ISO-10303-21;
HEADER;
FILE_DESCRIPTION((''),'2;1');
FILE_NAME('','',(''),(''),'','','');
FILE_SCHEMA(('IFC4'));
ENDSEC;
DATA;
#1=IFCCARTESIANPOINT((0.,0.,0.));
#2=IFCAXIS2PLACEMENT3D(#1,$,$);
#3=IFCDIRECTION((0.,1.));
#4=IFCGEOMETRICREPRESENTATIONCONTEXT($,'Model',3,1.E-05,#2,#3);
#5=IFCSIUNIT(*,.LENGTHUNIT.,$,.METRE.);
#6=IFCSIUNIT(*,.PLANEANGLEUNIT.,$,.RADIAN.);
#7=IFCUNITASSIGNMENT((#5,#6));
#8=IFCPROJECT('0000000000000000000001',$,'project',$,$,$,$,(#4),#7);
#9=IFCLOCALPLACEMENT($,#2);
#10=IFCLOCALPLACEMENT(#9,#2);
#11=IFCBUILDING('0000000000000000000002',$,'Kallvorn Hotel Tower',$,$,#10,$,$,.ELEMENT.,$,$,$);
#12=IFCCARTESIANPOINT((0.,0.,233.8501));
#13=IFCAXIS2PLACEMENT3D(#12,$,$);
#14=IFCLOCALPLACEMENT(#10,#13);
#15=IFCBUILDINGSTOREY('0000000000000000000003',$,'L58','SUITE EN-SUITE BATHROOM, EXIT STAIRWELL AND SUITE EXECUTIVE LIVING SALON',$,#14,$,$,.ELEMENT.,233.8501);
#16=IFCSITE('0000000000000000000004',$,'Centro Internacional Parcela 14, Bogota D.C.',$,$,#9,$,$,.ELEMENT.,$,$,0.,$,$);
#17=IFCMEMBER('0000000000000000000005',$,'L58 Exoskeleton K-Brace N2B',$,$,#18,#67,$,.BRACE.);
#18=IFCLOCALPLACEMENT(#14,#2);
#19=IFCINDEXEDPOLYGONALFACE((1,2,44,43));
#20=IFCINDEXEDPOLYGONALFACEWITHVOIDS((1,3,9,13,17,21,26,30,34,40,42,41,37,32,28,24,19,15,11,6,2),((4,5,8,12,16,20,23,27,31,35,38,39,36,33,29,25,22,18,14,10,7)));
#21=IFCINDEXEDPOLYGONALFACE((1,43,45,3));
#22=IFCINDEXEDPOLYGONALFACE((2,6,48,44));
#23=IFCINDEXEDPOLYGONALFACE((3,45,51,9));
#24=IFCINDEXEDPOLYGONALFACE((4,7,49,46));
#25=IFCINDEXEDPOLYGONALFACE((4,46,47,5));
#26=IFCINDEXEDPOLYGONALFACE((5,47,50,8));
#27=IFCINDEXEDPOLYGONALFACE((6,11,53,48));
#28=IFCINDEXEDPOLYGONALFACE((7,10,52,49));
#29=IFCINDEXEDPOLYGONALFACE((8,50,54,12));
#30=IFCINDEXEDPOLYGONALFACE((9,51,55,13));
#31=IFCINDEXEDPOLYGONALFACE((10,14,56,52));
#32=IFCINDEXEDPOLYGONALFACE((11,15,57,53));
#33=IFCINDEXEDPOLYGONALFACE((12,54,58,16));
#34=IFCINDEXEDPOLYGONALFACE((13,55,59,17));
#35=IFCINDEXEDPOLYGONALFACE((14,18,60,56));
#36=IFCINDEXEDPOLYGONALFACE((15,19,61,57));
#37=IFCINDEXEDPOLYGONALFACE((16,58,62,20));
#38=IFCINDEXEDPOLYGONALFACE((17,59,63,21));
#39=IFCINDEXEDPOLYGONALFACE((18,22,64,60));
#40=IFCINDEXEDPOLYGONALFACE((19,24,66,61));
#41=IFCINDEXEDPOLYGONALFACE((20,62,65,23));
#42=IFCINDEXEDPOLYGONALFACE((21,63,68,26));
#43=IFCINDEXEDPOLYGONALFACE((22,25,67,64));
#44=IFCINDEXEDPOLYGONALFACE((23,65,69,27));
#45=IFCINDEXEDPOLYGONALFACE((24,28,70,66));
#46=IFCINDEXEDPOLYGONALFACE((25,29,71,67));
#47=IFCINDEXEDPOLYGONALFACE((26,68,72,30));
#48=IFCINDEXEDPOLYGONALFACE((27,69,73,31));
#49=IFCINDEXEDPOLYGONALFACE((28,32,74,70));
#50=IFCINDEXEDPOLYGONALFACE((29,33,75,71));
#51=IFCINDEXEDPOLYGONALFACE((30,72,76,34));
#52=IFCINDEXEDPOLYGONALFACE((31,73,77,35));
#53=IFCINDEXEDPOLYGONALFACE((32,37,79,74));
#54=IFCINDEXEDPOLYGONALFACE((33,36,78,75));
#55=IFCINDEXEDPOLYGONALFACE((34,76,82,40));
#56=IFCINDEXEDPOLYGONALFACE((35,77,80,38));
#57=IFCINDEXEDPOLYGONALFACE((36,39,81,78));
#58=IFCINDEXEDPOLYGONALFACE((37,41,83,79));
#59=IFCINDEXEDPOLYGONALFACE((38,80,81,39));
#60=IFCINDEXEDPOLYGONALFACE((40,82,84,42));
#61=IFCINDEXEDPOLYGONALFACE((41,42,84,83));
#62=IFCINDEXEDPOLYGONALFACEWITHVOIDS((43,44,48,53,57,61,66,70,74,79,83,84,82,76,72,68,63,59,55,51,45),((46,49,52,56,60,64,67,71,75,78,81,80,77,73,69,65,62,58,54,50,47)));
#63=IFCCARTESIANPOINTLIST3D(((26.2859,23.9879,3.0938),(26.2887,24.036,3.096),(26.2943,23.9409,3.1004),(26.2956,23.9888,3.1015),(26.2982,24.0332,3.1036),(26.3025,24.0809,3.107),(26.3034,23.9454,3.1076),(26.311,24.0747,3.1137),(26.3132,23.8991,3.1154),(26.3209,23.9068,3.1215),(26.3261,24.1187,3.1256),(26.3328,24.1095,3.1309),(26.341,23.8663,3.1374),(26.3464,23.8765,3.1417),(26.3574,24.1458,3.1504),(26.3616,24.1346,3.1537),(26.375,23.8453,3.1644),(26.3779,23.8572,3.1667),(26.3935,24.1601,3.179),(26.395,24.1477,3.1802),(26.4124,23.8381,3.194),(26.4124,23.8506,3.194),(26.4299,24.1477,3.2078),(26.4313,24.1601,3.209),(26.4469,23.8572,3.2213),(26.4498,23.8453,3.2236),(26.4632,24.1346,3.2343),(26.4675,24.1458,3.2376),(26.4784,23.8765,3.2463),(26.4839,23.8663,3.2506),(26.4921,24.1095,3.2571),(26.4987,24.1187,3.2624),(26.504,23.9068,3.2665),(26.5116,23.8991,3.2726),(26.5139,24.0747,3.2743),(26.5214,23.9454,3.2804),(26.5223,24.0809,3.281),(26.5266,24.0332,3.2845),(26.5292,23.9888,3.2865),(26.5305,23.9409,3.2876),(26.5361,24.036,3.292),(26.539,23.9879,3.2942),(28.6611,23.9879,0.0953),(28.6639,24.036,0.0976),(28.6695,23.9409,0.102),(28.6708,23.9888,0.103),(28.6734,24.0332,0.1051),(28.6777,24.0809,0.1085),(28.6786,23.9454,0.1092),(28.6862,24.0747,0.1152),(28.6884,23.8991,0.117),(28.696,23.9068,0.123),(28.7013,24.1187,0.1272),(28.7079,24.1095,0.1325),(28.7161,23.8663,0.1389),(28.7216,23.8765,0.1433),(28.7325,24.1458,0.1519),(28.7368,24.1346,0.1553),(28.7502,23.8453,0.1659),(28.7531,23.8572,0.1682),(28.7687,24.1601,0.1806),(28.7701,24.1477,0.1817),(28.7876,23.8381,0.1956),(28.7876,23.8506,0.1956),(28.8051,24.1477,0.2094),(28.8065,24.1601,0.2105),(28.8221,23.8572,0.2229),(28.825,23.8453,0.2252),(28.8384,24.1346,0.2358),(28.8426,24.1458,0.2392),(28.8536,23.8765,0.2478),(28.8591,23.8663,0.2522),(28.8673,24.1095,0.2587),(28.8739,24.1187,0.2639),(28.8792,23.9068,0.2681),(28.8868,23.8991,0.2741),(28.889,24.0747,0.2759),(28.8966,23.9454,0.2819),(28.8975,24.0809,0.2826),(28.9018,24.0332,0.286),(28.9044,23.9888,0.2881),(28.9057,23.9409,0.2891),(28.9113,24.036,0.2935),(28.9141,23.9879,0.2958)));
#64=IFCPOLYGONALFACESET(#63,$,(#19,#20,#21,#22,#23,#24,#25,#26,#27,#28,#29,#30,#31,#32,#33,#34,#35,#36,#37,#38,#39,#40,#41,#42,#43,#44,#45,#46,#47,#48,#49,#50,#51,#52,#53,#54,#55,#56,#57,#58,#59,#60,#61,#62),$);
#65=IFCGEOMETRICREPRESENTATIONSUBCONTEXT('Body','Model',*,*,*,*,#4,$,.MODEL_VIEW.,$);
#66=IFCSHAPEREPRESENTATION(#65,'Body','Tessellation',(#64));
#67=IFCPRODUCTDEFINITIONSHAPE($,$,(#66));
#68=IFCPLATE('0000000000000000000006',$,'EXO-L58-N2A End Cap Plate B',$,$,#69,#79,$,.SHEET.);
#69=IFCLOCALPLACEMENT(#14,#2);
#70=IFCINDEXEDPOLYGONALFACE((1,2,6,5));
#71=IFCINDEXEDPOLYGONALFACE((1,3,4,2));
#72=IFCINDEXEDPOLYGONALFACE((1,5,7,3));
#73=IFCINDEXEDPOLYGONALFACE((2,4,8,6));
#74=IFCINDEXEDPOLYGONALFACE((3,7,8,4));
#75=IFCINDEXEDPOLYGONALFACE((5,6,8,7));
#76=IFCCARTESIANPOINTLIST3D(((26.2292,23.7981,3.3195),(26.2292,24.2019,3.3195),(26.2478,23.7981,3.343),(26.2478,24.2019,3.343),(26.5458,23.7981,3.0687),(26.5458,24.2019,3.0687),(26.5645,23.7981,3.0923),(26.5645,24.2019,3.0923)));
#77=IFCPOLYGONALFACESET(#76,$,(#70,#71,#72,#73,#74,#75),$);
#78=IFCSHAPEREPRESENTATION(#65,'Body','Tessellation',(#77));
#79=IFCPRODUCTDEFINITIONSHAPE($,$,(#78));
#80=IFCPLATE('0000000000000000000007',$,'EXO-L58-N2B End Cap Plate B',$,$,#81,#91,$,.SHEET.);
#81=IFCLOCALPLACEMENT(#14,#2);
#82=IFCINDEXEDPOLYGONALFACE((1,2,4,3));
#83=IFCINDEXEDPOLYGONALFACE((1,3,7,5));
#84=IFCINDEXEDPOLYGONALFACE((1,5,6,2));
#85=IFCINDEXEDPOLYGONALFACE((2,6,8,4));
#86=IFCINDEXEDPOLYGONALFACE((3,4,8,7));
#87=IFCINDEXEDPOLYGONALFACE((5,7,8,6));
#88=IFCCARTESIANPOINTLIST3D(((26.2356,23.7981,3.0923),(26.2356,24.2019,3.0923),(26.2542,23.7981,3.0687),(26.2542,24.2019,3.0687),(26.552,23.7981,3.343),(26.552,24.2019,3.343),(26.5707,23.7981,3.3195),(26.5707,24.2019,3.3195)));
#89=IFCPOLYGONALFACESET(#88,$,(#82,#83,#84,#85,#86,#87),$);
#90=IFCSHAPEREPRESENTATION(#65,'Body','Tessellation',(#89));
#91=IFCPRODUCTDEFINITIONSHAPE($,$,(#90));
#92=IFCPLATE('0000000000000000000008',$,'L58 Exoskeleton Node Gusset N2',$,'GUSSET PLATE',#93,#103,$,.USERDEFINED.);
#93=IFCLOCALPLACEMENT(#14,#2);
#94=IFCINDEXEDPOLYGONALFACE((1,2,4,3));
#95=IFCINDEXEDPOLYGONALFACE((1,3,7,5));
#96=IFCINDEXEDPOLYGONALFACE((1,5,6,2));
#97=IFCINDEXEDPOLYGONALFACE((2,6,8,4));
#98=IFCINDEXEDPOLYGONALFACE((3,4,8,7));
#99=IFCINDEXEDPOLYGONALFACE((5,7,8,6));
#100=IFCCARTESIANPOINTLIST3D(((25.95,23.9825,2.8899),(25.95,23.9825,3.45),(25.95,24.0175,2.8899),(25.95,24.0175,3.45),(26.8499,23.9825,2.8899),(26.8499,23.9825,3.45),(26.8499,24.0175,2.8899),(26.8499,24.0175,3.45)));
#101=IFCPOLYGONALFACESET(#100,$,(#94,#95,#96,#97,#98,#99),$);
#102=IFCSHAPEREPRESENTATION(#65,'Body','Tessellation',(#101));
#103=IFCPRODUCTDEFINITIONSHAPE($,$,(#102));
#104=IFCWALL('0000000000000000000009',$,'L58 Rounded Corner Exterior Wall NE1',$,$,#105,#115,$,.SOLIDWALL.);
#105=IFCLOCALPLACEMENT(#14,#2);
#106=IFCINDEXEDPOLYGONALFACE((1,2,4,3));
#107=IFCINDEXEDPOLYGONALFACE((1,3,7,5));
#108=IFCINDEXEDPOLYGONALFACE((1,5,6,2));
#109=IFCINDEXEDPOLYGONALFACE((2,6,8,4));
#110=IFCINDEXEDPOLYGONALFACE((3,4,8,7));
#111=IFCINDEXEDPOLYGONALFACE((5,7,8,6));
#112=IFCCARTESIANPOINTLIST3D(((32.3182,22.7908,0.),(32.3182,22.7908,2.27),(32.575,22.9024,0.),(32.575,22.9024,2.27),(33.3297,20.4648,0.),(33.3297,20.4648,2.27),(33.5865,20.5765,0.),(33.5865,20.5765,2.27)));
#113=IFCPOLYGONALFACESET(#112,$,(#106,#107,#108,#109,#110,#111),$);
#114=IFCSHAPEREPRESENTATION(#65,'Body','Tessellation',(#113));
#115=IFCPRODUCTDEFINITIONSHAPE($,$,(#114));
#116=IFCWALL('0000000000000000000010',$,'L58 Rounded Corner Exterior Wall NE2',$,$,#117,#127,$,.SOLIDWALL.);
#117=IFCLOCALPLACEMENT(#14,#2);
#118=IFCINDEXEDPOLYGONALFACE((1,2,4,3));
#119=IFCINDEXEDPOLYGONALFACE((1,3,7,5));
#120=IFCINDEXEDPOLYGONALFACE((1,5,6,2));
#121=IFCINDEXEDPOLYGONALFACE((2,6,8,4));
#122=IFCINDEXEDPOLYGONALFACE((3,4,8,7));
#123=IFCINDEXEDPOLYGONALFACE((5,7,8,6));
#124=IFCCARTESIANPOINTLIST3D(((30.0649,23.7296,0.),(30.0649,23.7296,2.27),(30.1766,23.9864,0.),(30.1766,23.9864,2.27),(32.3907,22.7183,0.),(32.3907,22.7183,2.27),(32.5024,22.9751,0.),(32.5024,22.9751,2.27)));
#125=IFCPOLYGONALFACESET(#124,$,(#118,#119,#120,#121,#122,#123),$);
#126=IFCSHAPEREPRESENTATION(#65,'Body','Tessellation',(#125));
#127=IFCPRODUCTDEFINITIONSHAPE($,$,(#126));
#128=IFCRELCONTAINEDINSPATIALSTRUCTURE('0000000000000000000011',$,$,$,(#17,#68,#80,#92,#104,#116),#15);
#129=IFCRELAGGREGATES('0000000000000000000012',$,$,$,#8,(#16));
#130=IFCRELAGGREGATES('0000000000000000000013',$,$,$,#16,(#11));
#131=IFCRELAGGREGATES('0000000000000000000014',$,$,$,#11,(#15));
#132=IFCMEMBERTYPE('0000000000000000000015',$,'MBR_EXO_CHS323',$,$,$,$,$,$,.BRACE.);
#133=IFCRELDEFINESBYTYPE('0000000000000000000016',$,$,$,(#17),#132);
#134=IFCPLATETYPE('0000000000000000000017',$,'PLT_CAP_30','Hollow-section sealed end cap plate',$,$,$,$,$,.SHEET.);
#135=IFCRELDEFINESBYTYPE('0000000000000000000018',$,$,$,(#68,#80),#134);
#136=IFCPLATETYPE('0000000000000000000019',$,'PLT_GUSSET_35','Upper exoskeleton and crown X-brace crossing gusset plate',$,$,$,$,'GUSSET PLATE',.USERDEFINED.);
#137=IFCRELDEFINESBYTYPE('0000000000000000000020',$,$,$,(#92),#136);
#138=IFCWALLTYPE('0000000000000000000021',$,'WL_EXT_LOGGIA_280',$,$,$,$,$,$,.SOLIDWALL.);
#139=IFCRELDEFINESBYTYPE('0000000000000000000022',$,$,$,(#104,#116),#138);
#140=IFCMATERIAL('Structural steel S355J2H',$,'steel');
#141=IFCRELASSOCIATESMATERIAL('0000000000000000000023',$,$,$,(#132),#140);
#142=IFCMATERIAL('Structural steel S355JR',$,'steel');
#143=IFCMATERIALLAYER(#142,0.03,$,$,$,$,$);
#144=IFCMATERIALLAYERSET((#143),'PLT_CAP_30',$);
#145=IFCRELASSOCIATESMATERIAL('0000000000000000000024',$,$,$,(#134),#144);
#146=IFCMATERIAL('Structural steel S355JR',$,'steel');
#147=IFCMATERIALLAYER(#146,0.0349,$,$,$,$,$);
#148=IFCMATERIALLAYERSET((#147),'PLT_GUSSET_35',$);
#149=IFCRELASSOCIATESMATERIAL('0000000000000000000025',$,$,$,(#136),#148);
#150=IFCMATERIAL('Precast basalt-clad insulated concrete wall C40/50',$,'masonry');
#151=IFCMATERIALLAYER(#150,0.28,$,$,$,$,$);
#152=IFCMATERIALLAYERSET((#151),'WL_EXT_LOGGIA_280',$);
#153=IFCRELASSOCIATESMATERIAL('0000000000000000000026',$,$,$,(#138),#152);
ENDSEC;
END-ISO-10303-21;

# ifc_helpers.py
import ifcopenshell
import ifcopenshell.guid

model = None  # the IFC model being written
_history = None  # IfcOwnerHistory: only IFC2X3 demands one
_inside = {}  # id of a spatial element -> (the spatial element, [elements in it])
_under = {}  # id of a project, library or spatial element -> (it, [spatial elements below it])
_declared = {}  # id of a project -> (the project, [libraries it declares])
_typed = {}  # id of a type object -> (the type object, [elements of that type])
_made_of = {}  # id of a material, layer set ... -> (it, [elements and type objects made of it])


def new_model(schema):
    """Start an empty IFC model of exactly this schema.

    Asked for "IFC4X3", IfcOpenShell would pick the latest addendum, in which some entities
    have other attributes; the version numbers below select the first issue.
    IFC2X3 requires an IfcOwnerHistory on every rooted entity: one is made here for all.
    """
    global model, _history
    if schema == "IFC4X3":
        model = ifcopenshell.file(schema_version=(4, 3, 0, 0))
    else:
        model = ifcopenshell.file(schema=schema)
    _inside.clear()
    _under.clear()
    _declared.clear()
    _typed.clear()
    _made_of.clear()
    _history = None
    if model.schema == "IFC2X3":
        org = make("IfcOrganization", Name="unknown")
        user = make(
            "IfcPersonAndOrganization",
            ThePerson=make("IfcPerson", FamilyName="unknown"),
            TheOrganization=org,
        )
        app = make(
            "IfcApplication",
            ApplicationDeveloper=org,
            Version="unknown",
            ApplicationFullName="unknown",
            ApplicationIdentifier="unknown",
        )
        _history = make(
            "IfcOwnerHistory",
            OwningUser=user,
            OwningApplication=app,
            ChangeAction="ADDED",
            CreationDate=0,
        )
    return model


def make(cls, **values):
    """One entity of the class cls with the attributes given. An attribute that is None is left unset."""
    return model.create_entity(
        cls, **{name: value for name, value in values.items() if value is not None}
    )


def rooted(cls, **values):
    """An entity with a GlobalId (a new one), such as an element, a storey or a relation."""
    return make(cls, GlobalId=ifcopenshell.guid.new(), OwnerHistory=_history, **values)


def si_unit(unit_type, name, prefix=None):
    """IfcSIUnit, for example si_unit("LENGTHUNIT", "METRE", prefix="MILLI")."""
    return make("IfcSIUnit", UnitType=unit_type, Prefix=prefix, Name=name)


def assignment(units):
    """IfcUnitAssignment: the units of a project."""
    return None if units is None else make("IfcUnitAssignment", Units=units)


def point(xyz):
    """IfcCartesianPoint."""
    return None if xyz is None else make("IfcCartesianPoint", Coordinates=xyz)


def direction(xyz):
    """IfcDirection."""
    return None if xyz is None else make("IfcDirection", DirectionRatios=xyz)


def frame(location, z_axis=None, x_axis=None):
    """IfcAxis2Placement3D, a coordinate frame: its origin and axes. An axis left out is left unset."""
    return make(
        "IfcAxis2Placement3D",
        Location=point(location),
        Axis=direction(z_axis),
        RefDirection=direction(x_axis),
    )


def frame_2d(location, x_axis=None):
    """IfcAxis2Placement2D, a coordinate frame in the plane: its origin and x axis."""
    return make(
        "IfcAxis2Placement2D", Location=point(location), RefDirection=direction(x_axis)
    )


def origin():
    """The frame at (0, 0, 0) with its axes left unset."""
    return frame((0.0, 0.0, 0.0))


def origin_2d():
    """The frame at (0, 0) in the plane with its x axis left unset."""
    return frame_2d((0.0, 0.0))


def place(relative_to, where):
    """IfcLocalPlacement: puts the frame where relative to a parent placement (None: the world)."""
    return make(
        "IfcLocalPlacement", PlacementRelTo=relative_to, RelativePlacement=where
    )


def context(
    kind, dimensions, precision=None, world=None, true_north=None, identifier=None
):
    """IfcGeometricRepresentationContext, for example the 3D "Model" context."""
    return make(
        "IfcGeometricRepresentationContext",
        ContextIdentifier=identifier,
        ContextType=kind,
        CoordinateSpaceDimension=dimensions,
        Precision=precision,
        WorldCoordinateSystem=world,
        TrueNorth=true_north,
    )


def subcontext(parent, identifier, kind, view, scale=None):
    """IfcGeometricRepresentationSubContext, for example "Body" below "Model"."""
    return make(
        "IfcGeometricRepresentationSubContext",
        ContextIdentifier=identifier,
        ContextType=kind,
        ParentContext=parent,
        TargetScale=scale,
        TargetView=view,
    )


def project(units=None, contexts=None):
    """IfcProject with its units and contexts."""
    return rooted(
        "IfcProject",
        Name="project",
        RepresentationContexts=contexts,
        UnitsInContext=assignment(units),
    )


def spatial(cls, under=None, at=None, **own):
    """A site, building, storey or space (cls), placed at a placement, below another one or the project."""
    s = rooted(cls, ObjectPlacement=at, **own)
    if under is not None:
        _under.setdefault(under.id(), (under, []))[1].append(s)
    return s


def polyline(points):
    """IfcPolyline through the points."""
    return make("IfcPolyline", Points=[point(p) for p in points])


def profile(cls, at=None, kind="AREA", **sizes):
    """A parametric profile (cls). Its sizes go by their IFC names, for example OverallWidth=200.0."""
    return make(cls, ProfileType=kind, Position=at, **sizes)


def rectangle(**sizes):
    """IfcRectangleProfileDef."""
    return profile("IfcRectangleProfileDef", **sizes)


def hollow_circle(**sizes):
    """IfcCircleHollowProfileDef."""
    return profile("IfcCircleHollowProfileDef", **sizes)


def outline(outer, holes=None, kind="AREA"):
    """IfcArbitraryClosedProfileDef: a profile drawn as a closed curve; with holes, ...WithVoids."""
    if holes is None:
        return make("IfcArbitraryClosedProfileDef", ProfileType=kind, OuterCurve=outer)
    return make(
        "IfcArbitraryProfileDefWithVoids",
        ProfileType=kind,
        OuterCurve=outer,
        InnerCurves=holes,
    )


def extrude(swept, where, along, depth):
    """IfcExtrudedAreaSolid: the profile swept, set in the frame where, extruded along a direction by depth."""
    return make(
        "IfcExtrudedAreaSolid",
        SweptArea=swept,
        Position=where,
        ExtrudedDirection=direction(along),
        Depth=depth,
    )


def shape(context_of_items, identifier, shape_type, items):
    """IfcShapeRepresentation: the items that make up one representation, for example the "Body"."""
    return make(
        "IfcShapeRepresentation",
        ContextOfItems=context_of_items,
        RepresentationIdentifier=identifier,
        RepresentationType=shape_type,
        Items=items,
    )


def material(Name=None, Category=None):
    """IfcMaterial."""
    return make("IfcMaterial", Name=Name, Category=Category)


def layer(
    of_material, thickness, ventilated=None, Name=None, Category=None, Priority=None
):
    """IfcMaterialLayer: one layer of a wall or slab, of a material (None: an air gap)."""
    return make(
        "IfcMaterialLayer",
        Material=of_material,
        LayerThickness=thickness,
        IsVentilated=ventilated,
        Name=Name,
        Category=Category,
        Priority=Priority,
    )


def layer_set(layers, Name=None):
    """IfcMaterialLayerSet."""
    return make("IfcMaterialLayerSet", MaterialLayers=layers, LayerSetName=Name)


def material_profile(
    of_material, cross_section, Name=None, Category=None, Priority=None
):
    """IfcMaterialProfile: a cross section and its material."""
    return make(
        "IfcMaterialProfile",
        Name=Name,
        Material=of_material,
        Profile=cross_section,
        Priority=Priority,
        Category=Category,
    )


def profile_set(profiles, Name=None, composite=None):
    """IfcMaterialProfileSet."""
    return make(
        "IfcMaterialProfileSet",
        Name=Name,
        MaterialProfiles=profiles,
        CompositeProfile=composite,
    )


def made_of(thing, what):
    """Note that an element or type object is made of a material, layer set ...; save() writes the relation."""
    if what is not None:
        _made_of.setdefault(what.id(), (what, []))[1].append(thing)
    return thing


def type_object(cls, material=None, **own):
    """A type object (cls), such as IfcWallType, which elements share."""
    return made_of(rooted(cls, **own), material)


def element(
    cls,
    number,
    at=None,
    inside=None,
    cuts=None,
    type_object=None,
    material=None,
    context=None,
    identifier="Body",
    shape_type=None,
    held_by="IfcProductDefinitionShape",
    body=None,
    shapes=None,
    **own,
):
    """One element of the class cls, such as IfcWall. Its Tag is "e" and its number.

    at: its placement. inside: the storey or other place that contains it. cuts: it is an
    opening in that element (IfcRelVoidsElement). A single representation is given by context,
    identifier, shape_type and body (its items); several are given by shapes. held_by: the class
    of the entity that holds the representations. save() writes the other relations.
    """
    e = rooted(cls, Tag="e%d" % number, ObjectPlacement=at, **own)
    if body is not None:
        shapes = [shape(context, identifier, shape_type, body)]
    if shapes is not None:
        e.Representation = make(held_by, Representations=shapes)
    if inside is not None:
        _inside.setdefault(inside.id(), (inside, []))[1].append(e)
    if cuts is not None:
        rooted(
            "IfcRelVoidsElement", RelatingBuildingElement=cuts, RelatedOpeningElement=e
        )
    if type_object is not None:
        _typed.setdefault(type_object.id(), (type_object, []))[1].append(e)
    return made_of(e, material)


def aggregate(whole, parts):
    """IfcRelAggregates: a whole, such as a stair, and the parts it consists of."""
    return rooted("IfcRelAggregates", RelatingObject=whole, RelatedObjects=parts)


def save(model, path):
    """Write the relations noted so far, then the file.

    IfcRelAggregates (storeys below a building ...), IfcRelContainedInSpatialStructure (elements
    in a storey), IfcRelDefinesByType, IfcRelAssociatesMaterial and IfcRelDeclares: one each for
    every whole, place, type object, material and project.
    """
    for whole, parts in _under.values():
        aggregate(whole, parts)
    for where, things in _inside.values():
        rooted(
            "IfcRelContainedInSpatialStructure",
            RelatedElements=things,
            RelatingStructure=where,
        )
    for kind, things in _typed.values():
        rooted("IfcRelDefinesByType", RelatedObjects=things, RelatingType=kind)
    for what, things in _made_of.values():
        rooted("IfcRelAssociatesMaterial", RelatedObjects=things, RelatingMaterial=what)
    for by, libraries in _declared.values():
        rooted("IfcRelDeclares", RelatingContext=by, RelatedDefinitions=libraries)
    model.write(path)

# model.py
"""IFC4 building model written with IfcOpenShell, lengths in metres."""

from ifc_helpers import new_model, si_unit, direction, frame, frame_2d, origin, origin_2d, place, context, subcontext, project, spatial, polyline, rectangle, hollow_circle, outline, extrude, material, layer, layer_set, material_profile, profile_set, type_object, element, save


model = new_model("IFC4")

# Units and contexts
model_context = context("Model", 3, precision=1e-05, world=origin(), true_north=direction((0.0, 1.0)))
body_context = subcontext(model_context, "Body", "Model", "MODEL_VIEW")
ifc_project = project(units=[si_unit("LENGTHUNIT", "METRE"), si_unit("PLANEANGLEUNIT", "RADIAN")], contexts=[model_context])

# Site, building, storey
site_placement = place(None, origin())
site = spatial("IfcSite", under=ifc_project, at=site_placement, Name="Centro Internacional Parcela 14, Bogota D.C.", CompositionType="ELEMENT", RefElevation=0.0)
building_placement = place(site_placement, origin())
building = spatial("IfcBuilding", under=site, at=building_placement, Name="Kallvorn Hotel Tower", CompositionType="ELEMENT")
storey_placement = place(building_placement, frame((0.0, 0.0, 233.8501)))
storey = spatial("IfcBuildingStorey", under=building, at=storey_placement, Name="L58", Description="SUITE EN-SUITE BATHROOM, EXIT STAIRWELL AND SUITE EXECUTIVE LIVING SALON", CompositionType="ELEMENT", Elevation=233.8501)

# Member
ifc_material_1 = material(Name="Structural steel S355J2H", Category="steel")
ifc_material_profile_1 = material_profile(ifc_material_1, hollow_circle(Radius=0.1619, WallThickness=0.0125, at=origin_2d()), Name="CHS 323.9x12.5")
ifc_profile_set_1 = profile_set([ifc_material_profile_1], Name="Structural steel S355J2H")
member_type_1 = type_object("IfcMemberType", Name="MBR_EXO_CHS323", PredefinedType="BRACE", material=ifc_profile_set_1)
for number, where, z_axis, x_axis, name in (
    (1, (28.7876, 24.0, 0.1956), (-0.620929, 0.0, 0.783867), (0.0, -1.0, 0.0), "L58 Exoskeleton K-Brace N2B"),
):
    element("IfcMember", number, at=place(storey_placement, frame(where, z_axis=z_axis, x_axis=x_axis)), inside=storey, type_object=member_type_1, Name=name, PredefinedType="BRACE", context=body_context, shape_type="SweptSolid", body=[
        extrude(hollow_circle(Radius=0.1619, WallThickness=0.0125, at=origin_2d()), origin(), (0.0, 0.0, 1.0), 3.8252),
    ])

# Plates
ifc_material_2 = material(Name="Structural steel S355JR", Category="steel")
ifc_layer_1 = layer(ifc_material_2, 0.03)
ifc_layer_set_1 = layer_set([ifc_layer_1], Name="PLT_CAP_30")
plate_type_1 = type_object("IfcPlateType", Name="PLT_CAP_30", Description="Hollow-section sealed end cap plate", PredefinedType="SHEET", material=ifc_layer_set_1)
plate_1_placement = place(storey_placement, frame((26.5645, 23.7981, 3.0923), z_axis=(0.62078, 0.0, 0.783985), x_axis=(0.0, 1.0, 0.0)))
element("IfcPlate", 2, at=plate_1_placement, inside=storey, type_object=plate_type_1, Name="EXO-L58-N2A End Cap Plate B", PredefinedType="SHEET", context=body_context, shape_type="SweptSolid", body=[
    extrude(outline(polyline([(0.0, 0.0), (0.4038, 0.0), (0.4038, 0.4039), (0.0, 0.4039), (0.0, 0.0)])), origin(), (0.0, 0.0, -1.0), 0.03),
])
plate_2_placement = place(storey_placement, frame((26.2356, 24.2019, 3.0923), z_axis=(-0.621075, 0.0, 0.783751), x_axis=(0.0, -1.0, 0.0)))
element("IfcPlate", 3, at=plate_2_placement, inside=storey, type_object=plate_type_1, Name="EXO-L58-N2B End Cap Plate B", PredefinedType="SHEET", context=body_context, shape_type="SweptSolid", body=[
    extrude(outline(polyline([(0.0, 0.0), (0.4038, 0.0), (0.4038, 0.4037), (0.0, 0.4037), (0.0, 0.0)])), origin(), (0.0, 0.0, -1.0), 0.03),
])
ifc_material_3 = material(Name="Structural steel S355JR", Category="steel")
ifc_layer_2 = layer(ifc_material_3, 0.0349)
ifc_layer_set_2 = layer_set([ifc_layer_2], Name="PLT_GUSSET_35")
plate_type_2 = type_object("IfcPlateType", Name="PLT_GUSSET_35", Description="Upper exoskeleton and crown X-brace crossing gusset plate", ElementType="GUSSET PLATE", PredefinedType="USERDEFINED", material=ifc_layer_set_2)
plate_3_placement = place(storey_placement, frame((26.3999, 24.0, 2.8899), z_axis=(0.0, 0.0, 1.0), x_axis=(1.0, 0.0, 0.0)))
element("IfcPlate", 4, at=plate_3_placement, inside=storey, type_object=plate_type_2, Name="L58 Exoskeleton Node Gusset N2", ObjectType="GUSSET PLATE", PredefinedType="USERDEFINED", context=body_context, shape_type="SweptSolid", body=[
    extrude(rectangle(XDim=0.8999, YDim=0.0349, at=origin_2d()), origin(), (0.0, 0.0, 1.0), 0.5601),
])

# Walls
ifc_material_4 = material(Name="Precast basalt-clad insulated concrete wall C40/50", Category="masonry")
ifc_layer_3 = layer(ifc_material_4, 0.28)
ifc_layer_set_3 = layer_set([ifc_layer_3], Name="WL_EXT_LOGGIA_280")
wall_type = type_object("IfcWallType", Name="WL_EXT_LOGGIA_280", PredefinedType="SOLIDWALL", material=ifc_layer_set_3)
wall_1_placement = place(storey_placement, frame((33.458, 20.5208, 0.0), z_axis=(0.0, 0.0, 1.0), x_axis=(-0.398793, 0.917041, 0.0)))
element("IfcWall", 5, at=wall_1_placement, inside=storey, type_object=wall_type, Name="L58 Rounded Corner Exterior Wall NE1", PredefinedType="SOLIDWALL", context=body_context, shape_type="SweptSolid", body=[
    extrude(rectangle(XDim=2.5364, YDim=0.28, at=frame_2d((1.2681, 0.0))), origin(), (0.0, 0.0, 1.0), 2.27),
])
wall_2_placement = place(storey_placement, frame((32.4465, 22.8467, 0.0), z_axis=(0.0, 0.0, 1.0), x_axis=(-0.917061, 0.398747, 0.0)))
element("IfcWall", 6, at=wall_2_placement, inside=storey, type_object=wall_type, Name="L58 Rounded Corner Exterior Wall NE2", PredefinedType="SOLIDWALL", context=body_context, shape_type="SweptSolid", body=[
    extrude(rectangle(XDim=2.5361, YDim=0.28, at=frame_2d((1.2681, 0.0))), origin(), (0.0, 0.0, 1.0), 2.27),
])

save(model, "model.ifc")
